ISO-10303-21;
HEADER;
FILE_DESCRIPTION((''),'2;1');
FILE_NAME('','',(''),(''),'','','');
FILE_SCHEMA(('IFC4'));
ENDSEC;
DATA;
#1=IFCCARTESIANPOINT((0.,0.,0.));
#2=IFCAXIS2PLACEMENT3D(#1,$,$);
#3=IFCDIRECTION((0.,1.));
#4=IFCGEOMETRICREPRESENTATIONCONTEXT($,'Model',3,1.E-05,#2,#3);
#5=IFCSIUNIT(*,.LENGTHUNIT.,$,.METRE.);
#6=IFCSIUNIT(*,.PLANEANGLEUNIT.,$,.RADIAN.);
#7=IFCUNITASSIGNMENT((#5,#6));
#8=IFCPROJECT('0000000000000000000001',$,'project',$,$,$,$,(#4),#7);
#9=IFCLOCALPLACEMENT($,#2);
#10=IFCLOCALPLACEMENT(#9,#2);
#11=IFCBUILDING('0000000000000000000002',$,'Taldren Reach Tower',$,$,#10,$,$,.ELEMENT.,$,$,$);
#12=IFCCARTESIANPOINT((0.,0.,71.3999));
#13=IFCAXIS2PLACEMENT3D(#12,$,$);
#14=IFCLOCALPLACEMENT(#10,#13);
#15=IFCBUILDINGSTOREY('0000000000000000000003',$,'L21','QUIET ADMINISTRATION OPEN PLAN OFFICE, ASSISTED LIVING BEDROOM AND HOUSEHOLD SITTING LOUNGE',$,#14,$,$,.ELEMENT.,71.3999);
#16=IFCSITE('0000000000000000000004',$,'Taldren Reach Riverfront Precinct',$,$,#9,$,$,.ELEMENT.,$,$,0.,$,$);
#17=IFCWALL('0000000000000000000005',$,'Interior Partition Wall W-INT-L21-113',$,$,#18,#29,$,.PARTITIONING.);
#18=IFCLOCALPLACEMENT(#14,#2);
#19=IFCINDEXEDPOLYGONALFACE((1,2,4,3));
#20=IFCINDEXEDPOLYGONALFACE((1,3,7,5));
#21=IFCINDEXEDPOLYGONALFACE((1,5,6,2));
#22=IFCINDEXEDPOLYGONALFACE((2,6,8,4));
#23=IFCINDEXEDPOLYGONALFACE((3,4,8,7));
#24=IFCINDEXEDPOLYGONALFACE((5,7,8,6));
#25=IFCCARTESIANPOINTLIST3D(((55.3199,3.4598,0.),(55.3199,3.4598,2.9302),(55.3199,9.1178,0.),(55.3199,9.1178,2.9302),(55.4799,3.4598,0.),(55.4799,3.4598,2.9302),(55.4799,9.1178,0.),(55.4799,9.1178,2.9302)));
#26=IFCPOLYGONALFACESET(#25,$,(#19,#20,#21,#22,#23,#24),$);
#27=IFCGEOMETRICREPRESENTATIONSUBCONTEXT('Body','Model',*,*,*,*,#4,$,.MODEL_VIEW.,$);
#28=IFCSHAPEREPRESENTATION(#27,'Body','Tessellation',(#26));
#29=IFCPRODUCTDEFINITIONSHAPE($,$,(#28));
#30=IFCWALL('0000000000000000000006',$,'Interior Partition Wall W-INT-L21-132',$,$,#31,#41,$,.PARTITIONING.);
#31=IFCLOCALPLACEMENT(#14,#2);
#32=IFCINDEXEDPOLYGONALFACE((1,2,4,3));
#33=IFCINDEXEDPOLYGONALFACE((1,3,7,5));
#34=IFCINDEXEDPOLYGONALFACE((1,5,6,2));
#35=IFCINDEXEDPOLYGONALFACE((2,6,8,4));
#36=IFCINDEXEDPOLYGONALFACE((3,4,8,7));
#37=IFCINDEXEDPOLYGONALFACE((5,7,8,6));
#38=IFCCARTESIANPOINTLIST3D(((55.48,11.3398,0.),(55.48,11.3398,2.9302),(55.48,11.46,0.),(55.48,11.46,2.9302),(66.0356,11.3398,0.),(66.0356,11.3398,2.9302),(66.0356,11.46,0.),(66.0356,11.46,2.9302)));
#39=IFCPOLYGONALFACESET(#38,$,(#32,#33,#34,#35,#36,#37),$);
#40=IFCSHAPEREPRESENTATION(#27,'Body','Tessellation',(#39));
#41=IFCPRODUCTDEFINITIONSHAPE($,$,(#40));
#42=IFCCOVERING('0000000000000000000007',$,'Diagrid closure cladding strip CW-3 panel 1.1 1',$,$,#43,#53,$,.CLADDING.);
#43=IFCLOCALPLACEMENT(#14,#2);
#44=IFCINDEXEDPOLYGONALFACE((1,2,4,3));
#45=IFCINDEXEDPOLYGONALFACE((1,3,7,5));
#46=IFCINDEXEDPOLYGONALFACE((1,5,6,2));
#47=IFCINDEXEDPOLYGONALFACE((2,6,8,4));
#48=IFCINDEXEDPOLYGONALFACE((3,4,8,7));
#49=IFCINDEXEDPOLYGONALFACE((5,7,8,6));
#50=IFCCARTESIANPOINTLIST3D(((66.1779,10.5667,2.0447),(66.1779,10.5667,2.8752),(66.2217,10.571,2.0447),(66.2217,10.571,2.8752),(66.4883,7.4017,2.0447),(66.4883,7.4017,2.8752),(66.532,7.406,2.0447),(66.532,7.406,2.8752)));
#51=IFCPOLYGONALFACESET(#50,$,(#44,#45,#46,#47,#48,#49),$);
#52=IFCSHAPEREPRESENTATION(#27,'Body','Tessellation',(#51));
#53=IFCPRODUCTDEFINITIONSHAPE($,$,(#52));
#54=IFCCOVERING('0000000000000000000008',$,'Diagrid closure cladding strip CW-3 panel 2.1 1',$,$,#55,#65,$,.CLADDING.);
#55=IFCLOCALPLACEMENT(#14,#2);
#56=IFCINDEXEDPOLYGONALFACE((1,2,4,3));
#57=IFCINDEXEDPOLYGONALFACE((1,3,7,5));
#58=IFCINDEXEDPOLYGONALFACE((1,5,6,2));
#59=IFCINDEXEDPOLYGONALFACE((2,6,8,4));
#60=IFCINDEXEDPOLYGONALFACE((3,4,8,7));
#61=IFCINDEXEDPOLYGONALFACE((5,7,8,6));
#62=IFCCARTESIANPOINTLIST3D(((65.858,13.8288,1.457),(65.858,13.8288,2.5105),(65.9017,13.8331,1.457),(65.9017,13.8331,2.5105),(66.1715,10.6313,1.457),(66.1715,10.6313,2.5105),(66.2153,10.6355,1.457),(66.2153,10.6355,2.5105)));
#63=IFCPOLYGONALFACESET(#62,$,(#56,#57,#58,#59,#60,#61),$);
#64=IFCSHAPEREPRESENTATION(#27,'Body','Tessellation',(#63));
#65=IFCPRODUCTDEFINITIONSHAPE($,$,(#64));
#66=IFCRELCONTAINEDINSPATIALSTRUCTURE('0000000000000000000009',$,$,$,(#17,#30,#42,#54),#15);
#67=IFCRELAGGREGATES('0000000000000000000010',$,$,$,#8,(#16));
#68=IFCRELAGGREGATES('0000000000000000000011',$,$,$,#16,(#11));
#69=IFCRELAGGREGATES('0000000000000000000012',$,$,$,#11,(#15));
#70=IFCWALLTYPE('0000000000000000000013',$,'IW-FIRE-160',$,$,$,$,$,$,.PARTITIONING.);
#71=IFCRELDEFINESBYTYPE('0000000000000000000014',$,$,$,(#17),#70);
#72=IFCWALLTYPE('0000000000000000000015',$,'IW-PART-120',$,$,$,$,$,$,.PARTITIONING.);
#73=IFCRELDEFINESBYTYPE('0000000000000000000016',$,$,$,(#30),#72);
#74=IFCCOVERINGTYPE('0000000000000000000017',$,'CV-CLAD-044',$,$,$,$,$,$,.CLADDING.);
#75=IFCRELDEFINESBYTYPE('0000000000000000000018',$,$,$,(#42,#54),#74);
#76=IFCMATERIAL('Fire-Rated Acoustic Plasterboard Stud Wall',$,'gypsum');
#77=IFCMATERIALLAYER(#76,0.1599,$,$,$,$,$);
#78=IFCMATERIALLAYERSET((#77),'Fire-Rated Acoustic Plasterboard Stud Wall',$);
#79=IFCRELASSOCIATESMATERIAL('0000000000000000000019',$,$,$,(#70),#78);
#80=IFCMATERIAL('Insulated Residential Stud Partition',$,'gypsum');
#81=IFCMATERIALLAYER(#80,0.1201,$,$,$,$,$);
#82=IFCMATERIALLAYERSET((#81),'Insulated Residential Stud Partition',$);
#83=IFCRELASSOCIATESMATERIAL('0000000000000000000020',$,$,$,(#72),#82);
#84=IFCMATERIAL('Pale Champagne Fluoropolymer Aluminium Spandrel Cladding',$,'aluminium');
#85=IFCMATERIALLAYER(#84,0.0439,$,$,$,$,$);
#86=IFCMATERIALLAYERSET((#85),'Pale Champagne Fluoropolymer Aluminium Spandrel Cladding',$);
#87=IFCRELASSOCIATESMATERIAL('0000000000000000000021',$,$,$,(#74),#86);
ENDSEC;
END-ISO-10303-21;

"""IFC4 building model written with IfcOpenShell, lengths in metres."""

from ifc_helpers import new_model, si_unit, direction, frame, frame_2d, origin, origin_2d, place, context, subcontext, project, spatial, rectangle, extrude, source, transform, mapped, material, layer, layer_set, type_object, element, save


model = new_model("IFC4")

# Units and contexts
model_context = context("Model", 3, precision=1e-05, world=origin(), true_north=direction((0.0, 1.0)))
body_context = subcontext(model_context, "Body", "Model", "MODEL_VIEW")
ifc_project = project(units=[si_unit("LENGTHUNIT", "METRE"), si_unit("PLANEANGLEUNIT", "RADIAN")], contexts=[model_context])

# Site, building, storey
site_placement = place(None, origin())
site = spatial("IfcSite", under=ifc_project, at=site_placement, Name="Taldren Reach Riverfront Precinct", CompositionType="ELEMENT", RefElevation=0.0)
building_placement = place(site_placement, origin())
building = spatial("IfcBuilding", under=site, at=building_placement, Name="Taldren Reach Tower", CompositionType="ELEMENT")
storey_placement = place(building_placement, frame((0.0, 0.0, 71.3999)))
storey = spatial("IfcBuildingStorey", under=building, at=storey_placement, Name="L21", Description="QUIET ADMINISTRATION OPEN PLAN OFFICE, ASSISTED LIVING BEDROOM AND HOUSEHOLD SITTING LOUNGE", CompositionType="ELEMENT", Elevation=71.3999)

# Shared definitions
ifc_material_1 = material(Name="Fire-Rated Acoustic Plasterboard Stud Wall", Category="gypsum")
ifc_layer_1 = layer(ifc_material_1, 0.1599)
ifc_layer_set_1 = layer_set([ifc_layer_1], Name="Fire-Rated Acoustic Plasterboard Stud Wall")
wall_type_1 = type_object("IfcWallType", Name="IW-FIRE-160", PredefinedType="PARTITIONING", material=ifc_layer_set_1)

# Walls
shared_shape_1 = source(origin(), body_context, "Body", "SweptSolid", [
    extrude(rectangle(XDim=5.658, YDim=0.1599, at=frame_2d((2.8291, 0.0))), origin(), (0.0, 0.0, 1.0), 2.9302),
])
wall_1_placement = place(storey_placement, frame((55.3999, 9.1179, 0.0), z_axis=(0.0, 0.0, 1.0), x_axis=(0.0, -1.0, 0.0)))
element("IfcWall", 1, at=wall_1_placement, inside=storey, type_object=wall_type_1, Name="Interior Partition Wall W-INT-L21-113", PredefinedType="PARTITIONING", context=body_context, shape_type="MappedRepresentation", body=[
    mapped(shared_shape_1, transform((0.0, 0.0, 0.0), scale=1.0)),
])
ifc_material_2 = material(Name="Insulated Residential Stud Partition", Category="gypsum")
ifc_layer_2 = layer(ifc_material_2, 0.1201)
ifc_layer_set_2 = layer_set([ifc_layer_2], Name="Insulated Residential Stud Partition")
wall_type_2 = type_object("IfcWallType", Name="IW-PART-120", PredefinedType="PARTITIONING", material=ifc_layer_set_2)
shared_shape_2 = source(origin(), body_context, "Body", "SweptSolid", [
    extrude(rectangle(XDim=10.5557, YDim=0.1201, at=frame_2d((5.2778, 0.0))), origin(), (0.0, 0.0, 1.0), 2.9302),
])
wall_2_placement = place(storey_placement, frame((55.48, 11.3999, 0.0), z_axis=(0.0, 0.0, 1.0), x_axis=(1.0, 0.0, 0.0)))
element("IfcWall", 2, at=wall_2_placement, inside=storey, type_object=wall_type_2, Name="Interior Partition Wall W-INT-L21-132", PredefinedType="PARTITIONING", context=body_context, shape_type="MappedRepresentation", body=[
    mapped(shared_shape_2, transform((0.0, 0.0, 0.0), scale=1.0)),
])

# Coverings
ifc_material_3 = material(Name="Pale Champagne Fluoropolymer Aluminium Spandrel Cladding", Category="aluminium")
ifc_layer_3 = layer(ifc_material_3, 0.0439)
ifc_layer_set_3 = layer_set([ifc_layer_3], Name="Pale Champagne Fluoropolymer Aluminium Spandrel Cladding")
covering_type = type_object("IfcCoveringType", Name="CV-CLAD-044", PredefinedType="CLADDING", material=ifc_layer_set_3)
shared_shape_3 = source(origin(), body_context, "Body", "SweptSolid", [
    extrude(rectangle(XDim=3.1802, YDim=0.0439, at=origin_2d()), origin(), (0.0, 0.0, 1.0), 0.8306),
])
covering_1_placement = place(storey_placement, frame((66.355, 8.9863, 2.0447), z_axis=(0.0, 0.0, 1.0), x_axis=(-0.097583, 0.995227, 0.0)))
element("IfcCovering", 3, at=covering_1_placement, inside=storey, type_object=covering_type, Name="Diagrid closure cladding strip CW-3 panel 1.1 1", PredefinedType="CLADDING", context=body_context, shape_type="MappedRepresentation", body=[
    mapped(shared_shape_3, transform((0.0, 0.0, 0.0), scale=1.0)),
])
shared_shape_4 = source(origin(), body_context, "Body", "SweptSolid", [
    extrude(rectangle(XDim=3.2129, YDim=0.0439, at=origin_2d()), origin(), (0.0, 0.0, 1.0), 1.0535),
])
covering_2_placement = place(storey_placement, frame((66.0366, 12.2322, 1.457), z_axis=(0.0, 0.0, 1.0), x_axis=(-0.097583, 0.995227, 0.0)))
element("IfcCovering", 4, at=covering_2_placement, inside=storey, type_object=covering_type, Name="Diagrid closure cladding strip CW-3 panel 2.1 1", PredefinedType="CLADDING", context=body_context, shape_type="MappedRepresentation", body=[
    mapped(shared_shape_4, transform((0.0, 0.0, 0.0), scale=1.0)),
])

save(model, "model.ifc")
